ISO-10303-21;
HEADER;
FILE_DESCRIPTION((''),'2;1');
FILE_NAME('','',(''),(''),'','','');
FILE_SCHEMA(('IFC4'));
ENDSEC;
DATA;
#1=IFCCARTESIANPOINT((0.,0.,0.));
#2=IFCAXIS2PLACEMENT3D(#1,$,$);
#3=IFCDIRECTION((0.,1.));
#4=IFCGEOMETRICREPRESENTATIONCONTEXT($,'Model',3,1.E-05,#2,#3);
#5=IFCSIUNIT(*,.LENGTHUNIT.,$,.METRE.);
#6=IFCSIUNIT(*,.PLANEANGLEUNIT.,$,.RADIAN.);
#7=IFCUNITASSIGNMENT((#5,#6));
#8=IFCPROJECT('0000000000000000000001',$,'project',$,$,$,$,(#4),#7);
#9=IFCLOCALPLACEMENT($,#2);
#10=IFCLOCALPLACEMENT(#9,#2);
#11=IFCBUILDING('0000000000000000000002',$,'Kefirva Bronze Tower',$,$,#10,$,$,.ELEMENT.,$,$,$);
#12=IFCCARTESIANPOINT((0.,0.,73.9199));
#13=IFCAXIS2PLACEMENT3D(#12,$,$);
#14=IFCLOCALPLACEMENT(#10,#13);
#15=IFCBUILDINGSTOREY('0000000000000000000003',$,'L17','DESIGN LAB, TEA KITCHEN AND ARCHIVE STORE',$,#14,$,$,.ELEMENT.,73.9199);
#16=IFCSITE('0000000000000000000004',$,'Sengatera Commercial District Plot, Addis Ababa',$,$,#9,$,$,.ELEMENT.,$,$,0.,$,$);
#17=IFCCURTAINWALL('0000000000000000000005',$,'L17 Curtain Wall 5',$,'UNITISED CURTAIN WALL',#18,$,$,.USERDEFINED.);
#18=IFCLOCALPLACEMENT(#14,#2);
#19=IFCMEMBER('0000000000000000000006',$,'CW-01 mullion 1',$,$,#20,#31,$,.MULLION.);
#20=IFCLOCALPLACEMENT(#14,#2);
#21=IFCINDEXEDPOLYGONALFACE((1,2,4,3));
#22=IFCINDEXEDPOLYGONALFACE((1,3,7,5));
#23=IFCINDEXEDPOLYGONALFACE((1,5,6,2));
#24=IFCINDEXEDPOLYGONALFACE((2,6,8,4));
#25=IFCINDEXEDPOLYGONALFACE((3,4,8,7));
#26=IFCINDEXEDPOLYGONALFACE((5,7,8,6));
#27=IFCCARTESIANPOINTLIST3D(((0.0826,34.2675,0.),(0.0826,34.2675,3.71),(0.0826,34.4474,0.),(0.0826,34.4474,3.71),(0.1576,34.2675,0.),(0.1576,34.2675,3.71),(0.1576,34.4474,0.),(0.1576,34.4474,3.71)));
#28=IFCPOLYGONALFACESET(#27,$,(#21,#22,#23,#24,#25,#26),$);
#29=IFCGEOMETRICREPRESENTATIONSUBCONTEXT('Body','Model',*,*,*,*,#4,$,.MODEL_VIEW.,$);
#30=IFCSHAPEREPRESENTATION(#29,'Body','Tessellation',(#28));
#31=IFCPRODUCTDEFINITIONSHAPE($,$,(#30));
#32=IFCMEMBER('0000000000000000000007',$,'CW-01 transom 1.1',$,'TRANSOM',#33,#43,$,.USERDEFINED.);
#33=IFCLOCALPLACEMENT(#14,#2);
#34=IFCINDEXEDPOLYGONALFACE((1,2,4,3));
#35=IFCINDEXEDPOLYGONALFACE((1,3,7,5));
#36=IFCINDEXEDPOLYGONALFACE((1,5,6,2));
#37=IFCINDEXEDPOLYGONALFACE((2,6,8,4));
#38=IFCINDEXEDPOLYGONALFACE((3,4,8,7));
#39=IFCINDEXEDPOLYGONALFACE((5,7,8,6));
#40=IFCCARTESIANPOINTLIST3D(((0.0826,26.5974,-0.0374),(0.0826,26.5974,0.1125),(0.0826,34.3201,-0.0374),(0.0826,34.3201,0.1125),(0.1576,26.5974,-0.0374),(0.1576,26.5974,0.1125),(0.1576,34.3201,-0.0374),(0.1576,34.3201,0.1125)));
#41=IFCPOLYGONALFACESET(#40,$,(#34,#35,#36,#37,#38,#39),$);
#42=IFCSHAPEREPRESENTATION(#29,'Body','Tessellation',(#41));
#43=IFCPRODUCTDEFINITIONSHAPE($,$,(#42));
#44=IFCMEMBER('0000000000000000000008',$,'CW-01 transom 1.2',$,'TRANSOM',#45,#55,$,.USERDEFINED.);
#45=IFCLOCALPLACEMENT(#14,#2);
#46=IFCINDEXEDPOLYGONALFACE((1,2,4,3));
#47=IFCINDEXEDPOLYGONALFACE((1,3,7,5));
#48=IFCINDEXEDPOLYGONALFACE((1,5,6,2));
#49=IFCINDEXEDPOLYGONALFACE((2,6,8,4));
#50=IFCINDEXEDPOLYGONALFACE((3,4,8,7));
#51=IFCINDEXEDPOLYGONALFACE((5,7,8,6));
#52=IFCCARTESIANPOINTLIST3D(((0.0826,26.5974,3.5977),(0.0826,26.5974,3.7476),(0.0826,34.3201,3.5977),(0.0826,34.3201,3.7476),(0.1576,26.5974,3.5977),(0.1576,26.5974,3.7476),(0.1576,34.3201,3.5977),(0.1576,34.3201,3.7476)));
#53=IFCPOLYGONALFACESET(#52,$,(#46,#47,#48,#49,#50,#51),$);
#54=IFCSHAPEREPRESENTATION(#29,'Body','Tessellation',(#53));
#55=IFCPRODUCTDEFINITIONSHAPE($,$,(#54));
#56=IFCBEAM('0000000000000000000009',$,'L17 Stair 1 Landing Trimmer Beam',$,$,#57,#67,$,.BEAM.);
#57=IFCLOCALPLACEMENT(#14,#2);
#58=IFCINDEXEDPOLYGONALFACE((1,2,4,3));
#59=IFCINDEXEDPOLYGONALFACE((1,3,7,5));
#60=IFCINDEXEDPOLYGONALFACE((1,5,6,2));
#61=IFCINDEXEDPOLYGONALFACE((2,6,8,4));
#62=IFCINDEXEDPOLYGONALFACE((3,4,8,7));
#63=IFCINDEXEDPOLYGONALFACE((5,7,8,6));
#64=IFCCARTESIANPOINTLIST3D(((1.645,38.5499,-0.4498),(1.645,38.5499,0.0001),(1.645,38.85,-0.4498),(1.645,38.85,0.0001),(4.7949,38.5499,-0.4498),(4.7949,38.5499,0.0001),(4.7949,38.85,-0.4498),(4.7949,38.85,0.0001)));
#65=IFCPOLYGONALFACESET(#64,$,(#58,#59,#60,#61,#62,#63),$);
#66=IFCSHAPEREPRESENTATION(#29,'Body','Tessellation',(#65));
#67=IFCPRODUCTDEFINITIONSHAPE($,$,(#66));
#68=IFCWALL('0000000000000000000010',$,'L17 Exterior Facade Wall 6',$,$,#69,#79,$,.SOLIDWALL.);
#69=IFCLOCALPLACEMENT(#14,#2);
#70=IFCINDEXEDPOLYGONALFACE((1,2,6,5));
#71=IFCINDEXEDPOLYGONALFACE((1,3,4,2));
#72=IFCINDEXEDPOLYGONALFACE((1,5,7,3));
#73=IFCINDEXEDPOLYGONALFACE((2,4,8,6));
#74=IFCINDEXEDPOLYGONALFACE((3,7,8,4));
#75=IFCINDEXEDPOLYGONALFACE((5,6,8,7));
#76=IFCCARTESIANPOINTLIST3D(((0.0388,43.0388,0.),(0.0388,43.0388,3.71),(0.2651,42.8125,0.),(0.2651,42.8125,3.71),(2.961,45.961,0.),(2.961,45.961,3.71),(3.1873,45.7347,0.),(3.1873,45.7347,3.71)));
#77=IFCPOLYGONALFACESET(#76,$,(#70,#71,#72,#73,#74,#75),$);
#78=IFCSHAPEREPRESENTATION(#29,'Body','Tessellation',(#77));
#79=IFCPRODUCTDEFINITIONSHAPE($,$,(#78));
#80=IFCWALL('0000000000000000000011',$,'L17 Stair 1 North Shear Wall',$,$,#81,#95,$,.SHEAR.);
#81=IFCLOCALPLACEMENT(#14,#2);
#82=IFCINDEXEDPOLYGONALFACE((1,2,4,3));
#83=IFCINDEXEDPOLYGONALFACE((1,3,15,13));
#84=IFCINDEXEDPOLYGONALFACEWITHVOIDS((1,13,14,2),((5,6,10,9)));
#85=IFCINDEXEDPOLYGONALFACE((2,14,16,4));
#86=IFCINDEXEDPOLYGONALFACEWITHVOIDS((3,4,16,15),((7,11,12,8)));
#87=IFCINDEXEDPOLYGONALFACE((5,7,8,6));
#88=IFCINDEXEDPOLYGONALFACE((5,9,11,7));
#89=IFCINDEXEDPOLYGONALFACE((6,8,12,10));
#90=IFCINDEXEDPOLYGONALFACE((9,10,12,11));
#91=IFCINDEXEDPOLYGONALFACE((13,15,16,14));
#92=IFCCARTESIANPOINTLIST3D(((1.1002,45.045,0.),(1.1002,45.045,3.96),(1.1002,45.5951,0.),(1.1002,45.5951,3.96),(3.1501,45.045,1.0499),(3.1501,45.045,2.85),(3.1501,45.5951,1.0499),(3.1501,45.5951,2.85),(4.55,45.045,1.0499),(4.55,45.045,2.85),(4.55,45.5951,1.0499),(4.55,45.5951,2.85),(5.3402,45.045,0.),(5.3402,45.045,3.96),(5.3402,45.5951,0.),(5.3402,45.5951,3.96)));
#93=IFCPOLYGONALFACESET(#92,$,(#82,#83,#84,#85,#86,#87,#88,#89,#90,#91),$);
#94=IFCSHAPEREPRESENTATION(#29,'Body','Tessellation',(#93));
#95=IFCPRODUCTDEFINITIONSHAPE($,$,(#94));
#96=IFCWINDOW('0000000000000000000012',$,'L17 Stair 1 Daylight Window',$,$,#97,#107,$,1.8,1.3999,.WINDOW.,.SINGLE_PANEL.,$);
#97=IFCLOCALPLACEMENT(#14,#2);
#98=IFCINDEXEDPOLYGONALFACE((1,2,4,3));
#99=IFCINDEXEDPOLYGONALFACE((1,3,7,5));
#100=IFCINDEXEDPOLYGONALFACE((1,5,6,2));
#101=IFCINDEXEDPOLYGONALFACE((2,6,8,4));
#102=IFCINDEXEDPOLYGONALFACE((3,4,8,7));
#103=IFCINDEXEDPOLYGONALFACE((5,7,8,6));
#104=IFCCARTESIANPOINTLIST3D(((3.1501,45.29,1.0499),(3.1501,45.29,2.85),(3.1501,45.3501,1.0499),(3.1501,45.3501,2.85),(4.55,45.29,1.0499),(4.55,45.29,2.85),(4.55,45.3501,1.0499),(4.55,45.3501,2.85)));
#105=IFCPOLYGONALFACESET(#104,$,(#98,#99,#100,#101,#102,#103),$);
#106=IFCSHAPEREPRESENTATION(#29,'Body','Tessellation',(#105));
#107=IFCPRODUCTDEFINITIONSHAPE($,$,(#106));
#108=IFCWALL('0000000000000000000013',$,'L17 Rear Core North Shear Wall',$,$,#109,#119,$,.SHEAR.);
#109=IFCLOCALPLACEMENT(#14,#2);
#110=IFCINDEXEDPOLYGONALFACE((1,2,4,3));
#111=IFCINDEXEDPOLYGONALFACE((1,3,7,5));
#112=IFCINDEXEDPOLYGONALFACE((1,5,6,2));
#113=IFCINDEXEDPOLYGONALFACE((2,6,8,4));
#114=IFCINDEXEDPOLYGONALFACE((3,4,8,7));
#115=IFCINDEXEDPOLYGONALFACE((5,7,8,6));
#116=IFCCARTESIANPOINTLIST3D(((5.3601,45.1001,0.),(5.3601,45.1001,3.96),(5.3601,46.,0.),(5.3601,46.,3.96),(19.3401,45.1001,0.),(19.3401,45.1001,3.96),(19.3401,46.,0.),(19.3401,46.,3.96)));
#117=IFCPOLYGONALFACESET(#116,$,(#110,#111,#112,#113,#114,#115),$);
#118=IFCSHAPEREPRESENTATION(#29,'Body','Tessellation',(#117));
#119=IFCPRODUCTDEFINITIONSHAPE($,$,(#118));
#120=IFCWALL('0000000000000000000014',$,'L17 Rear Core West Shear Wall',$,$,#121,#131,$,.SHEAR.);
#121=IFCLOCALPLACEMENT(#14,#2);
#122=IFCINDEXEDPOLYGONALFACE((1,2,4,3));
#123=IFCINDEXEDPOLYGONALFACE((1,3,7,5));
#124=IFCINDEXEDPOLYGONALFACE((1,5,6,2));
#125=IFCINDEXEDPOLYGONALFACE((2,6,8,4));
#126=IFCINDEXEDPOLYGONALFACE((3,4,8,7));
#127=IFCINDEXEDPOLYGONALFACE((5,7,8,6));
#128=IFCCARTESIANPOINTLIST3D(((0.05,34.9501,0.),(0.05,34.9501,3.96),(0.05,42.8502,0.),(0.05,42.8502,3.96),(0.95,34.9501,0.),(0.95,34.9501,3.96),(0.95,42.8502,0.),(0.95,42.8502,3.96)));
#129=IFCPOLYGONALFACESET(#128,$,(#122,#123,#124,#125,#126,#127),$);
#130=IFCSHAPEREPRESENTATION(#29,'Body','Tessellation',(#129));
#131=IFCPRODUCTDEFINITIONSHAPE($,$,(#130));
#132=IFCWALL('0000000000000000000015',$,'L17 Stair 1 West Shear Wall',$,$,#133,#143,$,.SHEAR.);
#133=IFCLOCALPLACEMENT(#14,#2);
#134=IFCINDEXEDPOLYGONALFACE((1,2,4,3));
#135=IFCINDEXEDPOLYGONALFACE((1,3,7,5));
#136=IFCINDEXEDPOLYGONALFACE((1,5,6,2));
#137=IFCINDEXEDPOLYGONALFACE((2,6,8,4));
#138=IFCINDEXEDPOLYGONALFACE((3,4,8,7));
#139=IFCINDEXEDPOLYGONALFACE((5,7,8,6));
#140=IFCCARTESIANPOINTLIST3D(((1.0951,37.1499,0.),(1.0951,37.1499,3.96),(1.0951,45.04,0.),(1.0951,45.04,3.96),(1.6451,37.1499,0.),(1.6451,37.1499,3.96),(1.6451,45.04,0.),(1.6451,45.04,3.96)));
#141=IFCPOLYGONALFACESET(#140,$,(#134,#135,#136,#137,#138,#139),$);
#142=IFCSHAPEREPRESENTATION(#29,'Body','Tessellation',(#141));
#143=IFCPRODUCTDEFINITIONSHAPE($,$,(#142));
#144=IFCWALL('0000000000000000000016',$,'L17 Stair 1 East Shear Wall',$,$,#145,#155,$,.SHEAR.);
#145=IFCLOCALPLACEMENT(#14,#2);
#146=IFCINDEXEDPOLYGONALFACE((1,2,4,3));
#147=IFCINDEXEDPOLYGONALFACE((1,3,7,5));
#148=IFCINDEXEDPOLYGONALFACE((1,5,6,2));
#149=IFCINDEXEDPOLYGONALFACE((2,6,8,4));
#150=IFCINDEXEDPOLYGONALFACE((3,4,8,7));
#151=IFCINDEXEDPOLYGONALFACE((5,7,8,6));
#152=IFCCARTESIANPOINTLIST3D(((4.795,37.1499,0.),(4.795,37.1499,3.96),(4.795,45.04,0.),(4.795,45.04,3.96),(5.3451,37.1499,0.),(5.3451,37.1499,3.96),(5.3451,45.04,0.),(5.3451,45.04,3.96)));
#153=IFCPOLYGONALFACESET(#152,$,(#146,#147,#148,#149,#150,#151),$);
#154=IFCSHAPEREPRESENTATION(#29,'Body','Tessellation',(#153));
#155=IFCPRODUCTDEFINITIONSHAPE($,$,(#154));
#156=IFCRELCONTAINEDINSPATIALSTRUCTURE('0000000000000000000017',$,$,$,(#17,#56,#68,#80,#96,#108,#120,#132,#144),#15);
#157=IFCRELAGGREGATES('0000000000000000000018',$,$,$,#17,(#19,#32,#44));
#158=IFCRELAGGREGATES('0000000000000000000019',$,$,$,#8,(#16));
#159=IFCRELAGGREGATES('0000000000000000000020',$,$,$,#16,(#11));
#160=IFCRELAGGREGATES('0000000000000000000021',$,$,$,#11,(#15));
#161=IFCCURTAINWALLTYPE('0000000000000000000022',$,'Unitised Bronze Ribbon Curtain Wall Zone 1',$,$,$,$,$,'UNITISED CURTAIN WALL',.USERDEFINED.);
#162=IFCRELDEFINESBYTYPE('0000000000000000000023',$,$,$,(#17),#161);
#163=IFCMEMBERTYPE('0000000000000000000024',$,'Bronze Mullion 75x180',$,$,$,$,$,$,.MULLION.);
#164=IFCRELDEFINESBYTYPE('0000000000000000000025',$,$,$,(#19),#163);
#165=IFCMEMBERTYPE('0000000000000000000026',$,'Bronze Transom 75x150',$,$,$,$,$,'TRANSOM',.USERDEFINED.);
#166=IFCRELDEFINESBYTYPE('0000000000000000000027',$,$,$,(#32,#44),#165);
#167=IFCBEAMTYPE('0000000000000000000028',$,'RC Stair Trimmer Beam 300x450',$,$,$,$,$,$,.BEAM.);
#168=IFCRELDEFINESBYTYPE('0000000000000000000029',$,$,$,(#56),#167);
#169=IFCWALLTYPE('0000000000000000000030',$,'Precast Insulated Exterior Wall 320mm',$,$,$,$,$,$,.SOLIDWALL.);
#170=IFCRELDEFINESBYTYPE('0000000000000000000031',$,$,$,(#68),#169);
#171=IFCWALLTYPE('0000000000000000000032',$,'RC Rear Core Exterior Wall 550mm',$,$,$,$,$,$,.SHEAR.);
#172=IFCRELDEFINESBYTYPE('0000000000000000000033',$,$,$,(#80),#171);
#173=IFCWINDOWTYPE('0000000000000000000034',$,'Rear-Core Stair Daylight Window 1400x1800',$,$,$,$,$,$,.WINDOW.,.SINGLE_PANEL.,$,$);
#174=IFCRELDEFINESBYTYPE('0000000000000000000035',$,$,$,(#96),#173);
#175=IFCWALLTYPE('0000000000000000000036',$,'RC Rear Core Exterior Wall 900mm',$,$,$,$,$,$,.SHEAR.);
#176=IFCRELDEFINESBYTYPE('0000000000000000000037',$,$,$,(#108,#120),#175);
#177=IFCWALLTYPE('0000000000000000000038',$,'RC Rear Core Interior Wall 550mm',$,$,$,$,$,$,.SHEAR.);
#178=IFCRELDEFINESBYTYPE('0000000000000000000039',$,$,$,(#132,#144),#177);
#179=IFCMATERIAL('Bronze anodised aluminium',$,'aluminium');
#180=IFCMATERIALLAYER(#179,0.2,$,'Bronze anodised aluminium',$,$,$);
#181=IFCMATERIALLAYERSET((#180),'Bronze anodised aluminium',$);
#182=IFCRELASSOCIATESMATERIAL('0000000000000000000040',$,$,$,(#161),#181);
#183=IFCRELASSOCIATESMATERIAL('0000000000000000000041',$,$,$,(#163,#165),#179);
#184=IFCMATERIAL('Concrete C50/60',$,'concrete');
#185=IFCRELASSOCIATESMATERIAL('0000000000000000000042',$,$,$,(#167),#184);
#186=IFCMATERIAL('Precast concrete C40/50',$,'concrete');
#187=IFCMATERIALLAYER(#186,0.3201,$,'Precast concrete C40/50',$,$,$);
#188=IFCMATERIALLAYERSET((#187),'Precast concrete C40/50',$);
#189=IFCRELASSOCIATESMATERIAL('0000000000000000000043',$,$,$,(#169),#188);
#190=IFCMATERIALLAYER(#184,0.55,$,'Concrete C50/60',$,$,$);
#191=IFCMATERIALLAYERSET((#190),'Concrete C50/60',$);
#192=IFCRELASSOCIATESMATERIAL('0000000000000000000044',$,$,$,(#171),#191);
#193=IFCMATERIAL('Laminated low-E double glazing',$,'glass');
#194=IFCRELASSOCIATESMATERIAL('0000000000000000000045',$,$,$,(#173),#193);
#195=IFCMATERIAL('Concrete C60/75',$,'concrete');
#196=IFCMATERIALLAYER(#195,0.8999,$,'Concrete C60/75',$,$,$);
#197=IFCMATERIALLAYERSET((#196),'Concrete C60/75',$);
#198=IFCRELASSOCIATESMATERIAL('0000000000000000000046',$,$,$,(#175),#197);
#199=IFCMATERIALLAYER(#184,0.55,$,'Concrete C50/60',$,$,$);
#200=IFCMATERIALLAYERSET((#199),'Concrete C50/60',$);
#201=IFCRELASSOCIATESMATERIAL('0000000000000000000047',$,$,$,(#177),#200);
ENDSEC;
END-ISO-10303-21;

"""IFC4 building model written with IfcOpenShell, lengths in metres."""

from ifc_helpers import new_model, si_unit, direction, frame, frame_2d, origin, origin_2d, place, context, subcontext, project, spatial, rectangle, extrude, material, layer, layer_set, material_profile, profile_set, type_object, element, fill, aggregate, save


model = new_model("IFC4")

# Units and contexts
model_context = context("Model", 3, precision=1e-05, world=origin(), true_north=direction((0.0, 1.0)))
body_context = subcontext(model_context, "Body", "Model", "MODEL_VIEW")
ifc_project = project(units=[si_unit("LENGTHUNIT", "METRE"), si_unit("PLANEANGLEUNIT", "RADIAN")], contexts=[model_context])

# Site, building, storey
site_placement = place(None, origin())
site = spatial("IfcSite", under=ifc_project, at=site_placement, Name="Sengatera Commercial District Plot, Addis Ababa", CompositionType="ELEMENT", RefElevation=0.0)
building_placement = place(site_placement, origin())
building = spatial("IfcBuilding", under=site, at=building_placement, Name="Kefirva Bronze Tower", CompositionType="ELEMENT")
storey_placement = place(building_placement, frame((0.0, 0.0, 73.9199)))
storey = spatial("IfcBuildingStorey", under=building, at=storey_placement, Name="L17", Description="DESIGN LAB, TEA KITCHEN AND ARCHIVE STORE", CompositionType="ELEMENT", Elevation=73.9199)

# Curtain wall, members
ifc_material_1 = material(Name="Bronze anodised aluminium", Category="aluminium")
ifc_layer_1 = layer(ifc_material_1, 0.2, Name="Bronze anodised aluminium")
ifc_layer_set_1 = layer_set([ifc_layer_1], Name="Bronze anodised aluminium")
curtain_wall_type = type_object("IfcCurtainWallType", Name="Unitised Bronze Ribbon Curtain Wall Zone 1", ElementType="UNITISED CURTAIN WALL", PredefinedType="USERDEFINED", material=ifc_layer_set_1)
curtain_wall_placement = place(storey_placement, origin())
curtain_wall = element("IfcCurtainWall", 1, at=curtain_wall_placement, inside=storey, type_object=curtain_wall_type, Name="L17 Curtain Wall 5", ObjectType="UNITISED CURTAIN WALL", PredefinedType="USERDEFINED")
ifc_material_profile_1 = material_profile(ifc_material_1, rectangle(XDim=0.075, YDim=0.1799, at=origin_2d()), Name="ALU 75x180")
ifc_profile_set_1 = profile_set([ifc_material_profile_1], Name="Bronze anodised aluminium")
member_type_1 = type_object("IfcMemberType", Name="Bronze Mullion 75x180", PredefinedType="MULLION", material=ifc_profile_set_1)
member_1_placement = place(storey_placement, frame((0.1201, 34.3574, 0.0), z_axis=(0.0, 0.0, 1.0), x_axis=(1.0, 0.0, 0.0)))
member_1 = element("IfcMember", 2, at=member_1_placement, type_object=member_type_1, Name="CW-01 mullion 1", PredefinedType="MULLION", context=body_context, shape_type="SweptSolid", body=[
    extrude(rectangle(XDim=0.075, YDim=0.1799, at=origin_2d()), origin(), (0.0, 0.0, 1.0), 3.71),
])
ifc_material_profile_2 = material_profile(ifc_material_1, rectangle(XDim=0.075, YDim=0.1499, at=origin_2d()), Name="ALU 75x150")
ifc_profile_set_2 = profile_set([ifc_material_profile_2], Name="Bronze anodised aluminium")
member_type_2 = type_object("IfcMemberType", Name="Bronze Transom 75x150", ElementType="TRANSOM", PredefinedType="USERDEFINED", material=ifc_profile_set_2)
member_2_placement = place(storey_placement, frame((0.1201, 34.3201, 0.0376), z_axis=(0.0, -1.0, 0.0), x_axis=(1.0, 0.0, 0.0)))
member_2 = element("IfcMember", 3, at=member_2_placement, type_object=member_type_2, Name="CW-01 transom 1.1", ObjectType="TRANSOM", PredefinedType="USERDEFINED", context=body_context, shape_type="SweptSolid", body=[
    extrude(rectangle(XDim=0.075, YDim=0.1499, at=origin_2d()), origin(), (0.0, 0.0, 1.0), 7.7227),
])
member_3_placement = place(storey_placement, frame((0.1201, 34.3201, 3.6726), z_axis=(0.0, -1.0, 0.0), x_axis=(1.0, 0.0, 0.0)))
member_3 = element("IfcMember", 4, at=member_3_placement, type_object=member_type_2, Name="CW-01 transom 1.2", ObjectType="TRANSOM", PredefinedType="USERDEFINED", context=body_context, shape_type="SweptSolid", body=[
    extrude(rectangle(XDim=0.075, YDim=0.1499, at=origin_2d()), origin(), (0.0, 0.0, 1.0), 7.7227),
])
aggregate(curtain_wall, [member_1, member_2, member_3])

# Beam
ifc_material_2 = material(Name="Concrete C50/60", Category="concrete")
ifc_material_profile_3 = material_profile(ifc_material_2, rectangle(XDim=0.3, YDim=0.45, at=origin_2d()), Name="RC 300x450")
ifc_profile_set_3 = profile_set([ifc_material_profile_3], Name="Concrete C50/60")
beam_type = type_object("IfcBeamType", Name="RC Stair Trimmer Beam 300x450", PredefinedType="BEAM", material=ifc_profile_set_3)
beam_placement = place(storey_placement, frame((1.645, 38.7, -0.2249), z_axis=(1.0, 0.0, 0.0), x_axis=(0.0, 1.0, 0.0)))
element("IfcBeam", 5, at=beam_placement, inside=storey, type_object=beam_type, Name="L17 Stair 1 Landing Trimmer Beam", PredefinedType="BEAM", context=body_context, shape_type="SweptSolid", body=[
    extrude(rectangle(XDim=0.3, YDim=0.45, at=origin_2d()), origin(), (0.0, 0.0, 1.0), 3.1499),
])

# Wall
ifc_material_3 = material(Name="Precast concrete C40/50", Category="concrete")
ifc_layer_2 = layer(ifc_material_3, 0.3201, Name="Precast concrete C40/50")
ifc_layer_set_2 = layer_set([ifc_layer_2], Name="Precast concrete C40/50")
wall_type_1 = type_object("IfcWallType", Name="Precast Insulated Exterior Wall 320mm", PredefinedType="SOLIDWALL", material=ifc_layer_set_2)
wall_1_placement = place(storey_placement, frame((3.0742, 45.8479, 0.0), z_axis=(0.0, 0.0, 1.0), x_axis=(-0.707107, -0.707107, 0.0)))
element("IfcWall", 6, at=wall_1_placement, inside=storey, type_object=wall_type_1, Name="L17 Exterior Facade Wall 6", PredefinedType="SOLIDWALL", context=body_context, shape_type="SweptSolid", body=[
    extrude(rectangle(XDim=4.1326, YDim=0.3201, at=frame_2d((2.0664, 0.0))), origin(), (0.0, 0.0, 1.0), 3.71),
])

# Wall, opening, window
ifc_layer_3 = layer(ifc_material_2, 0.55, Name="Concrete C50/60")
ifc_layer_set_3 = layer_set([ifc_layer_3], Name="Concrete C50/60")
wall_type_2 = type_object("IfcWallType", Name="RC Rear Core Exterior Wall 550mm", PredefinedType="SHEAR", material=ifc_layer_set_3)
wall_2_placement = place(storey_placement, frame((1.1001, 45.3201, 0.0), z_axis=(0.0, 0.0, 1.0), x_axis=(1.0, 0.0, 0.0)))
wall_2 = element("IfcWall", 7, at=wall_2_placement, inside=storey, type_object=wall_type_2, Name="L17 Stair 1 North Shear Wall", PredefinedType="SHEAR", context=body_context, shape_type="SweptSolid", body=[
    extrude(rectangle(XDim=4.24, YDim=0.55, at=frame_2d((2.1201, 0.0))), origin(), (0.0, 0.0, 1.0), 3.96),
])
opening_1_placement = place(wall_2_placement, frame((2.05, 0.0, 1.05)))
opening_1 = element("IfcOpeningElement", 8, at=opening_1_placement, cuts=wall_2, PredefinedType="OPENING", context=body_context, shape_type="SweptSolid", body=[
    extrude(rectangle(XDim=1.3999, YDim=1.8, at=frame_2d((0.7, 0.8999))), frame((0.0, 0.2852, 0.0), z_axis=(0.0, -1.0, 0.0), x_axis=(1.0, 0.0, 0.0)), (0.0, 0.0, 1.0), 0.5701),
])
ifc_material_4 = material(Name="Laminated low-E double glazing", Category="glass")
window_type = type_object("IfcWindowType", Name="Rear-Core Stair Daylight Window 1400x1800", PartitioningType="SINGLE_PANEL", PredefinedType="WINDOW", material=ifc_material_4)
window_placement = place(opening_1_placement, origin())
window = element("IfcWindow", 9, at=window_placement, inside=storey, type_object=window_type, Name="L17 Stair 1 Daylight Window", OverallHeight=1.8, OverallWidth=1.3999, PartitioningType="SINGLE_PANEL", PredefinedType="WINDOW", context=body_context, shape_type="SweptSolid", body=[
    extrude(rectangle(XDim=1.3999, YDim=1.8, at=frame_2d((0.7, 0.8999))), frame((0.0, 0.03, 0.0), z_axis=(0.0, -1.0, 0.0), x_axis=(1.0, 0.0, 0.0)), (0.0, 0.0, 1.0), 0.0601),
])
fill(opening_1, window)

# Walls
ifc_material_5 = material(Name="Concrete C60/75", Category="concrete")
ifc_layer_4 = layer(ifc_material_5, 0.8999, Name="Concrete C60/75")
ifc_layer_set_4 = layer_set([ifc_layer_4], Name="Concrete C60/75")
wall_type_3 = type_object("IfcWallType", Name="RC Rear Core Exterior Wall 900mm", PredefinedType="SHEAR", material=ifc_layer_set_4)
wall_3_placement = place(storey_placement, frame((5.3601, 45.55, 0.0), z_axis=(0.0, 0.0, 1.0), x_axis=(1.0, 0.0, 0.0)))
element("IfcWall", 10, at=wall_3_placement, inside=storey, type_object=wall_type_3, Name="L17 Rear Core North Shear Wall", PredefinedType="SHEAR", context=body_context, shape_type="SweptSolid", body=[
    extrude(rectangle(XDim=13.98, YDim=0.8999, at=frame_2d((6.99, 0.0))), origin(), (0.0, 0.0, 1.0), 3.96),
])
wall_4_placement = place(storey_placement, frame((0.5, 34.95, 0.0), z_axis=(0.0, 0.0, 1.0), x_axis=(0.0, 1.0, 0.0)))
element("IfcWall", 11, at=wall_4_placement, inside=storey, type_object=wall_type_3, Name="L17 Rear Core West Shear Wall", PredefinedType="SHEAR", context=body_context, shape_type="SweptSolid", body=[
    extrude(rectangle(XDim=7.9001, YDim=0.8999, at=frame_2d((3.9502, 0.0))), origin(), (0.0, 0.0, 1.0), 3.96),
])
ifc_layer_5 = layer(ifc_material_2, 0.55, Name="Concrete C50/60")
ifc_layer_set_5 = layer_set([ifc_layer_5], Name="Concrete C50/60")
wall_type_4 = type_object("IfcWallType", Name="RC Rear Core Interior Wall 550mm", PredefinedType="SHEAR", material=ifc_layer_set_5)
for number, where, z_axis, x_axis, name in (
    (12, (1.3701, 37.1499, 0.0), (0.0, 0.0, 1.0), (0.0, 1.0, 0.0), "L17 Stair 1 West Shear Wall"),
    (13, (5.0701, 37.1499, 0.0), (0.0, 0.0, 1.0), (0.0, 1.0, 0.0), "L17 Stair 1 East Shear Wall"),
):
    element("IfcWall", number, at=place(storey_placement, frame(where, z_axis=z_axis, x_axis=x_axis)), inside=storey, type_object=wall_type_4, Name=name, PredefinedType="SHEAR", context=body_context, shape_type="SweptSolid", body=[
        extrude(rectangle(XDim=7.8901, YDim=0.55, at=frame_2d((3.9451, 0.0))), origin(), (0.0, 0.0, 1.0), 3.96),
    ])

save(model, "model.ifc")
